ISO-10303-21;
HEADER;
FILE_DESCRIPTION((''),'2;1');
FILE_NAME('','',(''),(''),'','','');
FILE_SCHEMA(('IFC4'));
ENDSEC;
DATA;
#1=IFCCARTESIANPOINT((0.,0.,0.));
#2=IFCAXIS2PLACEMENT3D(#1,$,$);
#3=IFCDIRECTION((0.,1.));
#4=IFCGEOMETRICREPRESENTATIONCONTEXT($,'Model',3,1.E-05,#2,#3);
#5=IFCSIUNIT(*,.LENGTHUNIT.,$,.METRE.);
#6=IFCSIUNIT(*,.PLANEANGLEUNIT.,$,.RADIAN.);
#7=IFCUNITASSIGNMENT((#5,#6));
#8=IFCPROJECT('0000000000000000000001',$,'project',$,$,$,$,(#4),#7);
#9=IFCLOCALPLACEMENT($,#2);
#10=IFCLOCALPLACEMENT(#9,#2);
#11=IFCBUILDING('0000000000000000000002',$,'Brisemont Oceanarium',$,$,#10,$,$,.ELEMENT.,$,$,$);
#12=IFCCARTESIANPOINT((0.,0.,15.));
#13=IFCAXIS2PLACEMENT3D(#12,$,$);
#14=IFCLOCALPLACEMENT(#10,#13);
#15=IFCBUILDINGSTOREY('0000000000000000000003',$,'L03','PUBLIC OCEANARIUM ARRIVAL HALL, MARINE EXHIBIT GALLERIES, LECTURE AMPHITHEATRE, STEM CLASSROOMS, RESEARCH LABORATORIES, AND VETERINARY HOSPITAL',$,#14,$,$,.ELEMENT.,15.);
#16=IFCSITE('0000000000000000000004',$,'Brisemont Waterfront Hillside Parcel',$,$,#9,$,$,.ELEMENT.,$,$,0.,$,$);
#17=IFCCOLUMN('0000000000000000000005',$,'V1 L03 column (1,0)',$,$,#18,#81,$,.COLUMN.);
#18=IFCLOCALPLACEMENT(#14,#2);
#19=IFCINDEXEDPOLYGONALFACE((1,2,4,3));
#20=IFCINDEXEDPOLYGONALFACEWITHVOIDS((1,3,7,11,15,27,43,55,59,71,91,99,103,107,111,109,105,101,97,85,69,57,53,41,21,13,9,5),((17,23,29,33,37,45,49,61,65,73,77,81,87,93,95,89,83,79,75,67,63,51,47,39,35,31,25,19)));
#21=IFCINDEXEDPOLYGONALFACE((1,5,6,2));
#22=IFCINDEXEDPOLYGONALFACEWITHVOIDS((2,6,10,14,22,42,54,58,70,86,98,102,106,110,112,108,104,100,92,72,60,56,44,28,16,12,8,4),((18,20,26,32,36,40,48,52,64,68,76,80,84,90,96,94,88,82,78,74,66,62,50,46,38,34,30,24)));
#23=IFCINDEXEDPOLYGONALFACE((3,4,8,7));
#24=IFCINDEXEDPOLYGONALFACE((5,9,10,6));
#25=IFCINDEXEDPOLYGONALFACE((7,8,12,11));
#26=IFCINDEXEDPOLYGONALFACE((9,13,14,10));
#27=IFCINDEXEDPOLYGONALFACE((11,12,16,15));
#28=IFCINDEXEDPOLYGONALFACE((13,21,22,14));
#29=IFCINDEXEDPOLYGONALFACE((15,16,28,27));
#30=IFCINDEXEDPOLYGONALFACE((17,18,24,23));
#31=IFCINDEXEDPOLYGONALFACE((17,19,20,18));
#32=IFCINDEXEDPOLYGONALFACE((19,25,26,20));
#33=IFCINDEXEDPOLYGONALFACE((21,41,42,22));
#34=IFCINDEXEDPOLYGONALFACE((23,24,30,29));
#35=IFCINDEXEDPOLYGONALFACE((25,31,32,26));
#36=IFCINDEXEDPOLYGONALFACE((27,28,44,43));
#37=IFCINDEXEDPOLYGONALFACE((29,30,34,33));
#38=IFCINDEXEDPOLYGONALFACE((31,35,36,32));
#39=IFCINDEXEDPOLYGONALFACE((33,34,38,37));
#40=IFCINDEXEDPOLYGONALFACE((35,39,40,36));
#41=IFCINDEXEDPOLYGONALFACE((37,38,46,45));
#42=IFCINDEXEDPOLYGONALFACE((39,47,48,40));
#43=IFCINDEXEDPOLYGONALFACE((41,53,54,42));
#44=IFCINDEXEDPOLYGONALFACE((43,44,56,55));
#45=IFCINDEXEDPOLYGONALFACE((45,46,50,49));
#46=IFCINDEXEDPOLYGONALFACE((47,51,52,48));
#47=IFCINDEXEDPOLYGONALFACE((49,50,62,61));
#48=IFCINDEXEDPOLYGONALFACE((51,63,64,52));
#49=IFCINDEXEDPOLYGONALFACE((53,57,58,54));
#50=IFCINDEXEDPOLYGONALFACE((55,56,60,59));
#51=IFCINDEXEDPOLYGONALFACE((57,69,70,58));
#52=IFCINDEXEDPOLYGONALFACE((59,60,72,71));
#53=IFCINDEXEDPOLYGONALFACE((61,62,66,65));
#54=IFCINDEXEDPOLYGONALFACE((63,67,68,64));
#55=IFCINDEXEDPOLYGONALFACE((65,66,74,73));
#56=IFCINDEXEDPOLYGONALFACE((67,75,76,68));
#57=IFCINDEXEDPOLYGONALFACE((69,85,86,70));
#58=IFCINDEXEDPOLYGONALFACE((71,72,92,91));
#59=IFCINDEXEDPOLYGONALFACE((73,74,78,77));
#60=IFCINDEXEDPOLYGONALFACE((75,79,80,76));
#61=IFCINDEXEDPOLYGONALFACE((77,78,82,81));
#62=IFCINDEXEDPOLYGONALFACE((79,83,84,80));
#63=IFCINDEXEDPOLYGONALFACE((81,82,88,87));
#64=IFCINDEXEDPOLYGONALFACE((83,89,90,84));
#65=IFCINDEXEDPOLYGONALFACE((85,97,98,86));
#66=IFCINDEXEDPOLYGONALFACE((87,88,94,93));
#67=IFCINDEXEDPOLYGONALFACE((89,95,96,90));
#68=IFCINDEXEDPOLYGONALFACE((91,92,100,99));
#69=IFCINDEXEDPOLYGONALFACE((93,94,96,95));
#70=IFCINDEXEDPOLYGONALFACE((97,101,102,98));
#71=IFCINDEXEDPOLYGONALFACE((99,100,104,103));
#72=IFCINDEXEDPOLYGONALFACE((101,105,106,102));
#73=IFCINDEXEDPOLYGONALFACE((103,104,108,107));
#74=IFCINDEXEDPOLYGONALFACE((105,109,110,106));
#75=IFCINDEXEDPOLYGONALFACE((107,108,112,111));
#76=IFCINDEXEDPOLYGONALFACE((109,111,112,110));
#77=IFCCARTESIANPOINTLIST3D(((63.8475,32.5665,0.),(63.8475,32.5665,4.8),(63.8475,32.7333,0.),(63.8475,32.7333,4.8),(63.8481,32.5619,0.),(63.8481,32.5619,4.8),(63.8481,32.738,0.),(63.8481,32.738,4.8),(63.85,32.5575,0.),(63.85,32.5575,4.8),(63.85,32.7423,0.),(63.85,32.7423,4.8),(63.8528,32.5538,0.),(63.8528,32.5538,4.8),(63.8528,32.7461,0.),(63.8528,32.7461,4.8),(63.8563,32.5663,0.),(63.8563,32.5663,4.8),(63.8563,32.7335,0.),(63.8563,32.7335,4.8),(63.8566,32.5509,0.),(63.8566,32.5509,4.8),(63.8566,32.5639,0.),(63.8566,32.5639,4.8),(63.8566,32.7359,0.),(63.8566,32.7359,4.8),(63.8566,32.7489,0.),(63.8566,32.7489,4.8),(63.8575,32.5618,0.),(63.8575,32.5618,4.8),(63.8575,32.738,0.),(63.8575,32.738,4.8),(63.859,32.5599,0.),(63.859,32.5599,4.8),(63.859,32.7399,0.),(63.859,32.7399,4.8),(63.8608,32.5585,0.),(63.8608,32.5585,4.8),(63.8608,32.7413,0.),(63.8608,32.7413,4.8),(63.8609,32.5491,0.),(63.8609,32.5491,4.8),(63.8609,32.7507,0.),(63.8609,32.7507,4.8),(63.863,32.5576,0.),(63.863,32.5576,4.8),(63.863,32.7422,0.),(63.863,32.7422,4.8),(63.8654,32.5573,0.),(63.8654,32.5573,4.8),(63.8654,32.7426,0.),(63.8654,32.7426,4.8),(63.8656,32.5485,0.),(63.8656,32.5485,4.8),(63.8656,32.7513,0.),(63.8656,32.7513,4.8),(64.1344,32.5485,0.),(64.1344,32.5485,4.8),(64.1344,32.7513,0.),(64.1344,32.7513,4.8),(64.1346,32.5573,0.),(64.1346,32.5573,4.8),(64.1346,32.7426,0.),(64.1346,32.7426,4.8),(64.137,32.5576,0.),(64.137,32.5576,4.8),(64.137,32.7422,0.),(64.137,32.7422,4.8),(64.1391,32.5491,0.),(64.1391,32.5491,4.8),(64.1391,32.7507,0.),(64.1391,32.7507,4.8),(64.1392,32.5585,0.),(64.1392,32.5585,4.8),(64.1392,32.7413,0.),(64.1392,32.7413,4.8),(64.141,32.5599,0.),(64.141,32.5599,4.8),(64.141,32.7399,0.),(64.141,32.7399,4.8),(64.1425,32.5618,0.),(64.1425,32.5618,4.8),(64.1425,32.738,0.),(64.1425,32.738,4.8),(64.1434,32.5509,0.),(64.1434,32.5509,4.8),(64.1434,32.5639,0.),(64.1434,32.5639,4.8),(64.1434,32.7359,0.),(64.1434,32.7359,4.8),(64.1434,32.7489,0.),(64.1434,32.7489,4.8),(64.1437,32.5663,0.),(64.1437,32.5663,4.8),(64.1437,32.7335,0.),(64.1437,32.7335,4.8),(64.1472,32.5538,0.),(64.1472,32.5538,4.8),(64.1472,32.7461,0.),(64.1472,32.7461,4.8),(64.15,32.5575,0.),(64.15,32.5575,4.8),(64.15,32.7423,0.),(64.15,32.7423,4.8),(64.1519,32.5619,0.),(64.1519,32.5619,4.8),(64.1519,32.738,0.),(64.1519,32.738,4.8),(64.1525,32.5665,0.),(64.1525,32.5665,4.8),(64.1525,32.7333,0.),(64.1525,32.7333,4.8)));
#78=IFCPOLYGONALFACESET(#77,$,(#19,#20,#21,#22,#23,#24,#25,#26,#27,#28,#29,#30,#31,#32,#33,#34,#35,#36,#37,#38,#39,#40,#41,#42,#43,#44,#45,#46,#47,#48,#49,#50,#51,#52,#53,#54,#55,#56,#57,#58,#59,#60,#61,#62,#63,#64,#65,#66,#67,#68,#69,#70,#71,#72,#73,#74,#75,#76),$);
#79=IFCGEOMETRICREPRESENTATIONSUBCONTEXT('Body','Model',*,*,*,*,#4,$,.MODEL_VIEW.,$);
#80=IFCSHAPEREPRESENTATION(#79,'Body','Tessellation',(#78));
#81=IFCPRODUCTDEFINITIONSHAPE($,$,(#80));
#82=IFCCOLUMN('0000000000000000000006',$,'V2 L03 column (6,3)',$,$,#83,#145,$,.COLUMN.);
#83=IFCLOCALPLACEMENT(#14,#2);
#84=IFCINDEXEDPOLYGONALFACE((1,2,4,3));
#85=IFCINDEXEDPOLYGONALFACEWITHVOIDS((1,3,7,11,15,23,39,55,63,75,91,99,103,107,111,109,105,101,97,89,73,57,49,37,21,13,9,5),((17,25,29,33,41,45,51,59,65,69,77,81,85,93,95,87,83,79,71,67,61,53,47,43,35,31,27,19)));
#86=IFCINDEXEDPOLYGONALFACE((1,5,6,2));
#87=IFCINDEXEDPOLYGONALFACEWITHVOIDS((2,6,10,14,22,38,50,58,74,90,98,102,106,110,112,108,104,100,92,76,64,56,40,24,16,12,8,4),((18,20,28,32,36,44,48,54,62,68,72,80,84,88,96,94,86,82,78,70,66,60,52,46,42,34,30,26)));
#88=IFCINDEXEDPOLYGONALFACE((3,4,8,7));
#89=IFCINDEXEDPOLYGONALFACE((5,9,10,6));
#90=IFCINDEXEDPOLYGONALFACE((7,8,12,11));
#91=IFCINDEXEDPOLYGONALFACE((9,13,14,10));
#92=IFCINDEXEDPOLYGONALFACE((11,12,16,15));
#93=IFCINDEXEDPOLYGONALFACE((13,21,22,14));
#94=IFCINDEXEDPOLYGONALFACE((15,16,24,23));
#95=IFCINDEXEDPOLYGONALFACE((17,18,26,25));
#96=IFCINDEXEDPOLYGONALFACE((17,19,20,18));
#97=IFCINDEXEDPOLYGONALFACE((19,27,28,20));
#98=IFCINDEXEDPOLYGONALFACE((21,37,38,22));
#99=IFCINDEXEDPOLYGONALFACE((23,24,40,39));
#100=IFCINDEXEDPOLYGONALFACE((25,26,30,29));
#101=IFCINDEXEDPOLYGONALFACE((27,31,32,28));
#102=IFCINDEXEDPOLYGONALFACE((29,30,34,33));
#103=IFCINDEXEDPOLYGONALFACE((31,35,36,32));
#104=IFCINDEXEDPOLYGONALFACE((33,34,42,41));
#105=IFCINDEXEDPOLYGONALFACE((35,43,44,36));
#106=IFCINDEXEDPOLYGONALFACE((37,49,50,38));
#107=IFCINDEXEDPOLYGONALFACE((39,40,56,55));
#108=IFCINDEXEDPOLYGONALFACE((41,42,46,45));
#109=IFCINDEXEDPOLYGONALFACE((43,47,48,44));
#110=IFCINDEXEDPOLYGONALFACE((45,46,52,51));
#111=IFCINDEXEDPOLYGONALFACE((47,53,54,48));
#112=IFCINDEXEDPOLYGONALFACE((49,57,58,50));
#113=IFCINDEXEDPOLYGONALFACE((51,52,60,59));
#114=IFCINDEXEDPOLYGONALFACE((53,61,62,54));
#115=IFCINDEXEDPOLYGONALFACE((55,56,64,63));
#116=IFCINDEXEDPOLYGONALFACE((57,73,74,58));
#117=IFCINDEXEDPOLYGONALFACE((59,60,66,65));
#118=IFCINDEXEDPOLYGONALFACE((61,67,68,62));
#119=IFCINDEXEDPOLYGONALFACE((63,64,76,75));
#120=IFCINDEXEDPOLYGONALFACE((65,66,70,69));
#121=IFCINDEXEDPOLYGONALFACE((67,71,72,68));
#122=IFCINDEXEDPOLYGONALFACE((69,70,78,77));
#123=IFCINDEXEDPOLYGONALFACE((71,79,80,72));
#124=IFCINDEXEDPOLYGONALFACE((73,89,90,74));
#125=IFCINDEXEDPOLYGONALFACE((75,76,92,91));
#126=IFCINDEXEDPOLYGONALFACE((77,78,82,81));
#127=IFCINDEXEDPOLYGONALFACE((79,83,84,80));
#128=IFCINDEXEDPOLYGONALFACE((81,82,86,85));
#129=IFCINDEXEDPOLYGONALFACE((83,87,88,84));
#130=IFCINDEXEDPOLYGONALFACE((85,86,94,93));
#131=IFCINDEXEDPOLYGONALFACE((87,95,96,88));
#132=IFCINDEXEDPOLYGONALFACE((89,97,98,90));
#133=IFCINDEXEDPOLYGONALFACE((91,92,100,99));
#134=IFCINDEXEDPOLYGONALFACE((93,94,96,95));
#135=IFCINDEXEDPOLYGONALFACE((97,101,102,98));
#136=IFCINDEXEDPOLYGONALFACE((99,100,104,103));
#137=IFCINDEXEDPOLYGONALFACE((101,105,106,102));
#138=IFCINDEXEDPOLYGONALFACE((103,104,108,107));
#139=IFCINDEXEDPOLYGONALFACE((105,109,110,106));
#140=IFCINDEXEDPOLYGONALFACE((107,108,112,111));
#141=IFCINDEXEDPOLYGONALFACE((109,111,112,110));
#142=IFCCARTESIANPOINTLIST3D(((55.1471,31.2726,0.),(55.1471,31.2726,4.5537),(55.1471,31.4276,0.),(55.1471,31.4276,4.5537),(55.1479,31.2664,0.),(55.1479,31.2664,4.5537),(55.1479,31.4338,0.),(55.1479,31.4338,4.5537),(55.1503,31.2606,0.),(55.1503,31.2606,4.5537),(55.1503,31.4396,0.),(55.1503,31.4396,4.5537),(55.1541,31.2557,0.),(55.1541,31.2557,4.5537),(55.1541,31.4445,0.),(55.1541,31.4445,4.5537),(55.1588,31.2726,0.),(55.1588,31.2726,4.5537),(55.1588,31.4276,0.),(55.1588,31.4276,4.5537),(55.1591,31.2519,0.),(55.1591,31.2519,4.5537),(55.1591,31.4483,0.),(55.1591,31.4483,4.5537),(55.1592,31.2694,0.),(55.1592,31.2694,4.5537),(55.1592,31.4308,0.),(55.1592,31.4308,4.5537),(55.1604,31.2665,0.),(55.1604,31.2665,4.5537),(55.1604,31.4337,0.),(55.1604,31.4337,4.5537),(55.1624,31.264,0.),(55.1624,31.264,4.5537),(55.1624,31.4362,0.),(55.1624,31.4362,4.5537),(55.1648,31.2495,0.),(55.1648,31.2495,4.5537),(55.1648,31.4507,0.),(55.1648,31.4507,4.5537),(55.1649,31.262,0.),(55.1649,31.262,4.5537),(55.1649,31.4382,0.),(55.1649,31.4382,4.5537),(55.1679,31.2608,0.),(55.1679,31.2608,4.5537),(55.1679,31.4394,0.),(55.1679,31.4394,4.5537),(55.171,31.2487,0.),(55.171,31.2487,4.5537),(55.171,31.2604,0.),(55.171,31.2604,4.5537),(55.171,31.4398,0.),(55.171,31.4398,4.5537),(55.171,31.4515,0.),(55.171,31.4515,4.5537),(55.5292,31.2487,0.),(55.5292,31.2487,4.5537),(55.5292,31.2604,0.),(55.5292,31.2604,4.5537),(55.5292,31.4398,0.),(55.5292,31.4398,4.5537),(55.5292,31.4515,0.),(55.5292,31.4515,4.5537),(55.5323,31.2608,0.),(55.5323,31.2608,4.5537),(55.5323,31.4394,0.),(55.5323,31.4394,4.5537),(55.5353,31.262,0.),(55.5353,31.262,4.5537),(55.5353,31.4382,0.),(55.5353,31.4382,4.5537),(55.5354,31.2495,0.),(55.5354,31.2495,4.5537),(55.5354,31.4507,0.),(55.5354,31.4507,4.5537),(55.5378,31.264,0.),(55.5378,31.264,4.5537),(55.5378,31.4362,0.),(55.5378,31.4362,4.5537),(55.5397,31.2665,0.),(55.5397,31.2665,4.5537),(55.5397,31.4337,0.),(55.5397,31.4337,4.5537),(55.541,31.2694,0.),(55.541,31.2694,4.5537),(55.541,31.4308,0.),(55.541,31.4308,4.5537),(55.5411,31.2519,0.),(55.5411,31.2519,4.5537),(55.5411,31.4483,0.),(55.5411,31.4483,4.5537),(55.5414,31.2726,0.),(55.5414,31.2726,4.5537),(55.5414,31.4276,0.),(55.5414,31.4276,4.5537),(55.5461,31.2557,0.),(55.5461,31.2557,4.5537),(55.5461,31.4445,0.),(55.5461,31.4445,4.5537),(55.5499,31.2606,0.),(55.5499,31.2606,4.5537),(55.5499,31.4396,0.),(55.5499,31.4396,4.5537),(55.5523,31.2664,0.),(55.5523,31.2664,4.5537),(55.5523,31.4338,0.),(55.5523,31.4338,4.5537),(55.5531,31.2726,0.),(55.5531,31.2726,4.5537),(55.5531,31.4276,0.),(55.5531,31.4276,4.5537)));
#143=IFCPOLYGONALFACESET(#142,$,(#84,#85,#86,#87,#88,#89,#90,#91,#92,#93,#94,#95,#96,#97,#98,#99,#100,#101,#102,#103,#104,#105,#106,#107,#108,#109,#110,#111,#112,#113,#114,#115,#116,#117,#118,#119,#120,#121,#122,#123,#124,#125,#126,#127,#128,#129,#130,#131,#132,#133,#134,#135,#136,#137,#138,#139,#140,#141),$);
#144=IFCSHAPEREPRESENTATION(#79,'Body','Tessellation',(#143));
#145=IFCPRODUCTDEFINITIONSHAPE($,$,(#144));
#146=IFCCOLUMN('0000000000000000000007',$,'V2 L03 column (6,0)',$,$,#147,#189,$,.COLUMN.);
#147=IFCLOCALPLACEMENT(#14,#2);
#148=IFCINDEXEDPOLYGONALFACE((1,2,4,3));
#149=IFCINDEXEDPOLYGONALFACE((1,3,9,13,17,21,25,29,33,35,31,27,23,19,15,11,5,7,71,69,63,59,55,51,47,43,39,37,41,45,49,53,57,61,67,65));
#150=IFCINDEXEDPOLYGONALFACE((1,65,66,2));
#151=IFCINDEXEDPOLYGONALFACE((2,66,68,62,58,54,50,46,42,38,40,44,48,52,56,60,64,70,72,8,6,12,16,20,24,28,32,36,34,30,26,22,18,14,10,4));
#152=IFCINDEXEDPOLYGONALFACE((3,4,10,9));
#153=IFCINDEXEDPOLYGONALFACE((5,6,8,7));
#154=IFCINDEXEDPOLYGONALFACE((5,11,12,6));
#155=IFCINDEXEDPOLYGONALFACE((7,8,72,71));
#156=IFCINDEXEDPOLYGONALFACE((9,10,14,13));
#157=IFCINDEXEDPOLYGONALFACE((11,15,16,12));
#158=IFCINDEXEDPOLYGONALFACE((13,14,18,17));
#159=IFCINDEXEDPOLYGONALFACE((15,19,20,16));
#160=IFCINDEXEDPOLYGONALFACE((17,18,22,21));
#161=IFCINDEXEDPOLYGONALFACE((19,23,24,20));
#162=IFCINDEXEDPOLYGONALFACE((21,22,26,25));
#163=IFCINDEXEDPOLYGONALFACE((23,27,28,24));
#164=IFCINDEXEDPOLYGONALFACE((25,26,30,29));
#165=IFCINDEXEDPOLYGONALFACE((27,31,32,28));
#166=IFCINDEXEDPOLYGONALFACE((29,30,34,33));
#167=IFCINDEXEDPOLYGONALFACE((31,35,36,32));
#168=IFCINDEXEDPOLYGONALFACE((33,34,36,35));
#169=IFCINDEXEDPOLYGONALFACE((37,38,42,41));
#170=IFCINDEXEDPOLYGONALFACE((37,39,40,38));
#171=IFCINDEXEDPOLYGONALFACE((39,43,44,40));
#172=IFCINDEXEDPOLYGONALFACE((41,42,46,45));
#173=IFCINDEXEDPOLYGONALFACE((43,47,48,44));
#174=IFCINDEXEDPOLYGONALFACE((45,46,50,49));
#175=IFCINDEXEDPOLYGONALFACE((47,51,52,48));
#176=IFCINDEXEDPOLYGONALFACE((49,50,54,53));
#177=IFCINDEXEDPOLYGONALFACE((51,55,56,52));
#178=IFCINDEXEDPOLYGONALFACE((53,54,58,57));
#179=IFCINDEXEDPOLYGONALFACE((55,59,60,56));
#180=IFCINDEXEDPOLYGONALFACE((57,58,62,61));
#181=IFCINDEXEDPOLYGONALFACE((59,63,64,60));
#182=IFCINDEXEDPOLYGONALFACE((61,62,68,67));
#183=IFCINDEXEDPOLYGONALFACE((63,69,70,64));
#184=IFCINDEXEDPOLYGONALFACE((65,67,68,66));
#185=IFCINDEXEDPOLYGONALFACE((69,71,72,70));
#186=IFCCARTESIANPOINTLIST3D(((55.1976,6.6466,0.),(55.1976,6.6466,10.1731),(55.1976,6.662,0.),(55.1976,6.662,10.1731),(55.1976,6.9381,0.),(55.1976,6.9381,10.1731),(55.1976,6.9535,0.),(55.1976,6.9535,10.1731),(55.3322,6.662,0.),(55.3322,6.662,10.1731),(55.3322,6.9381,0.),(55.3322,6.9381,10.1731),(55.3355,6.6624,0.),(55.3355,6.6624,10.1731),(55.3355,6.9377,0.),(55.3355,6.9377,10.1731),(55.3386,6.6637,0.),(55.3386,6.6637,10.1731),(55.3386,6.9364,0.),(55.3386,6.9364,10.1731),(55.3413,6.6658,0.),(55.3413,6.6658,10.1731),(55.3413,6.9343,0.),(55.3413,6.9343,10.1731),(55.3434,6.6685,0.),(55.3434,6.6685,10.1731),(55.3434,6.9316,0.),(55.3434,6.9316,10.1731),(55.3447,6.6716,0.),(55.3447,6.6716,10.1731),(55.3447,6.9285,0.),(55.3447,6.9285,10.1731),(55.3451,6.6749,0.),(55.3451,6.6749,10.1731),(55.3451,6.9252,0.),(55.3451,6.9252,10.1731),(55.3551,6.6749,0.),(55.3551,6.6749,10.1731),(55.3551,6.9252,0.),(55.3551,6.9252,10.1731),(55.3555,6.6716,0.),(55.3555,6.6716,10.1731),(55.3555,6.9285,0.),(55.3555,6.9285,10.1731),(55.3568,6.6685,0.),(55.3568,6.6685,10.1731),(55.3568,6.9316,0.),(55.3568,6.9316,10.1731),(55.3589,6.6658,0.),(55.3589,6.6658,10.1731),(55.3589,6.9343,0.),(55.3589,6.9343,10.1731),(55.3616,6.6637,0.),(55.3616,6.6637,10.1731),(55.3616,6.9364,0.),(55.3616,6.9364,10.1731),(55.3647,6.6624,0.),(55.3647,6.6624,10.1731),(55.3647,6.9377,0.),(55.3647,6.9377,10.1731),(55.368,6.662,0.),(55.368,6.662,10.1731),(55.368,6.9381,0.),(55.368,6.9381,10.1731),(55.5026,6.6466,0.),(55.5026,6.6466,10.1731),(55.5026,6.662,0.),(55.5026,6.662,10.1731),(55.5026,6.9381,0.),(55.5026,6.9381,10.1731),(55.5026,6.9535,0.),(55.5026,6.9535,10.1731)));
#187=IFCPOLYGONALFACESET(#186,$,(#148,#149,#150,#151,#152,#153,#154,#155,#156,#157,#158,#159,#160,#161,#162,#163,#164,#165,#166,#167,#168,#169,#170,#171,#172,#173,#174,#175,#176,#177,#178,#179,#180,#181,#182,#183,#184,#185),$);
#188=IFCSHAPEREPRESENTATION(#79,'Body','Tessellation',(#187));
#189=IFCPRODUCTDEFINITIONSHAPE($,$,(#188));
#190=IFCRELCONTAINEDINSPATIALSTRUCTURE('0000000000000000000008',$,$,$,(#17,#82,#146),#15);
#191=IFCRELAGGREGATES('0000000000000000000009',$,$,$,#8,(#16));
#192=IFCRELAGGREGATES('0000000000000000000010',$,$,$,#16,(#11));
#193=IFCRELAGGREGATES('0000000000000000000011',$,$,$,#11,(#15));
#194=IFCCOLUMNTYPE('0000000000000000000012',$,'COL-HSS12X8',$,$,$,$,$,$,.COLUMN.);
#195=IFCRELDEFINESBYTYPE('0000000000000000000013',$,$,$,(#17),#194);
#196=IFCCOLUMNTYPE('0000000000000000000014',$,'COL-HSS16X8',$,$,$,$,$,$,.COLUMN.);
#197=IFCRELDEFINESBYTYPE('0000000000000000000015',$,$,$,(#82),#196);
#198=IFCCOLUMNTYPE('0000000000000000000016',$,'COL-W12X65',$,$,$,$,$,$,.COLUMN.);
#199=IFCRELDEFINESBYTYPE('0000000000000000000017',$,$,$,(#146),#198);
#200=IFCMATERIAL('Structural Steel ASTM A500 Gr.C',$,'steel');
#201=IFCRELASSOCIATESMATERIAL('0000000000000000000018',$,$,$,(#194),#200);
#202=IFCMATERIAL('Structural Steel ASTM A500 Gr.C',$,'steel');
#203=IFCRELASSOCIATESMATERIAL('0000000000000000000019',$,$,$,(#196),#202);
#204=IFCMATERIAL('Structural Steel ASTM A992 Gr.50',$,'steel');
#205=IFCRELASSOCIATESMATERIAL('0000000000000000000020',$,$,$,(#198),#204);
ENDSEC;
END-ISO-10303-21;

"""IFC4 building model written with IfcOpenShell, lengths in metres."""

from ifc_helpers import new_model, si_unit, direction, frame, origin, origin_2d, place, context, subcontext, project, spatial, hollow_rectangle, i_section, extrude, material, material_profile, profile_set, type_object, element, save


model = new_model("IFC4")

# Units and contexts
model_context = context("Model", 3, precision=1e-05, world=origin(), true_north=direction((0.0, 1.0)))
body_context = subcontext(model_context, "Body", "Model", "MODEL_VIEW")
ifc_project = project(units=[si_unit("LENGTHUNIT", "METRE"), si_unit("PLANEANGLEUNIT", "RADIAN")], contexts=[model_context])

# Site, building, storey
site_placement = place(None, origin())
site = spatial("IfcSite", under=ifc_project, at=site_placement, Name="Brisemont Waterfront Hillside Parcel", CompositionType="ELEMENT", RefElevation=0.0)
building_placement = place(site_placement, origin())
building = spatial("IfcBuilding", under=site, at=building_placement, Name="Brisemont Oceanarium", CompositionType="ELEMENT")
storey_placement = place(building_placement, frame((0.0, 0.0, 15.0)))
storey = spatial("IfcBuildingStorey", under=building, at=storey_placement, Name="L03", Description="PUBLIC OCEANARIUM ARRIVAL HALL, MARINE EXHIBIT GALLERIES, LECTURE AMPHITHEATRE, STEM CLASSROOMS, RESEARCH LABORATORIES, AND VETERINARY HOSPITAL", CompositionType="ELEMENT", Elevation=15.0)

# Columns
ifc_material_1 = material(Name="Structural Steel ASTM A500 Gr.C", Category="steel")
ifc_material_profile_1 = material_profile(ifc_material_1, hollow_rectangle(XDim=0.2029, YDim=0.3049, WallThickness=0.0088, InnerFilletRadius=0.009, OuterFilletRadius=0.0181, at=origin_2d()), Name="HSS12X8X3/8")
ifc_profile_set_1 = profile_set([ifc_material_profile_1], Name="Structural Steel ASTM A500 Gr.C")
column_type_1 = type_object("IfcColumnType", Name="COL-HSS12X8", PredefinedType="COLUMN", material=ifc_profile_set_1)
column_1_placement = place(storey_placement, frame((64.0, 32.6499, 0.0), z_axis=(0.0, 0.0, 1.0), x_axis=(0.0, 1.0, 0.0)))
element("IfcColumn", 1, at=column_1_placement, inside=storey, type_object=column_type_1, Name="V1 L03 column (1,0)", PredefinedType="COLUMN", context=body_context, shape_type="SweptSolid", body=[
    extrude(hollow_rectangle(XDim=0.2029, YDim=0.3049, WallThickness=0.0088, InnerFilletRadius=0.009, OuterFilletRadius=0.0181, at=origin_2d()), origin(), (0.0, 0.0, 1.0), 4.8),
])
ifc_material_2 = material(Name="Structural Steel ASTM A500 Gr.C", Category="steel")
ifc_material_profile_2 = material_profile(ifc_material_2, hollow_rectangle(XDim=0.2029, YDim=0.406, WallThickness=0.0117, InnerFilletRadius=0.0122, OuterFilletRadius=0.0239, at=origin_2d()), Name="HSS16X8X1/2")
ifc_profile_set_2 = profile_set([ifc_material_profile_2], Name="Structural Steel ASTM A500 Gr.C")
column_type_2 = type_object("IfcColumnType", Name="COL-HSS16X8", PredefinedType="COLUMN", material=ifc_profile_set_2)
column_2_placement = place(storey_placement, frame((55.3501, 31.3501, 0.0), z_axis=(0.0, 0.0, 1.0), x_axis=(0.0, 1.0, 0.0)))
element("IfcColumn", 2, at=column_2_placement, inside=storey, type_object=column_type_2, Name="V2 L03 column (6,3)", PredefinedType="COLUMN", context=body_context, shape_type="SweptSolid", body=[
    extrude(hollow_rectangle(XDim=0.2029, YDim=0.406, WallThickness=0.0117, InnerFilletRadius=0.0122, OuterFilletRadius=0.0239, at=origin_2d()), origin(), (0.0, 0.0, 1.0), 4.5537),
])
ifc_material_3 = material(Name="Structural Steel ASTM A992 Gr.50", Category="steel")
ifc_material_profile_3 = material_profile(ifc_material_3, i_section(OverallWidth=0.3049, OverallDepth=0.3069, WebThickness=0.01, FlangeThickness=0.0154, FilletRadius=0.0129, at=origin_2d()), Name="W12X65")
ifc_profile_set_3 = profile_set([ifc_material_profile_3], Name="Structural Steel ASTM A992 Gr.50")
column_type_3 = type_object("IfcColumnType", Name="COL-W12X65", PredefinedType="COLUMN", material=ifc_profile_set_3)
column_3_placement = place(storey_placement, frame((55.3501, 6.8, 0.0), z_axis=(0.0, 0.0, 1.0), x_axis=(1.0, 0.0, 0.0)))
element("IfcColumn", 3, at=column_3_placement, inside=storey, type_object=column_type_3, Name="V2 L03 column (6,0)", PredefinedType="COLUMN", context=body_context, shape_type="SweptSolid", body=[
    extrude(i_section(OverallWidth=0.3049, OverallDepth=0.3069, WebThickness=0.01, FlangeThickness=0.0154, FilletRadius=0.0129, at=origin_2d()), origin(), (0.0, 0.0, 1.0), 10.1731),
])

save(model, "model.ifc")
